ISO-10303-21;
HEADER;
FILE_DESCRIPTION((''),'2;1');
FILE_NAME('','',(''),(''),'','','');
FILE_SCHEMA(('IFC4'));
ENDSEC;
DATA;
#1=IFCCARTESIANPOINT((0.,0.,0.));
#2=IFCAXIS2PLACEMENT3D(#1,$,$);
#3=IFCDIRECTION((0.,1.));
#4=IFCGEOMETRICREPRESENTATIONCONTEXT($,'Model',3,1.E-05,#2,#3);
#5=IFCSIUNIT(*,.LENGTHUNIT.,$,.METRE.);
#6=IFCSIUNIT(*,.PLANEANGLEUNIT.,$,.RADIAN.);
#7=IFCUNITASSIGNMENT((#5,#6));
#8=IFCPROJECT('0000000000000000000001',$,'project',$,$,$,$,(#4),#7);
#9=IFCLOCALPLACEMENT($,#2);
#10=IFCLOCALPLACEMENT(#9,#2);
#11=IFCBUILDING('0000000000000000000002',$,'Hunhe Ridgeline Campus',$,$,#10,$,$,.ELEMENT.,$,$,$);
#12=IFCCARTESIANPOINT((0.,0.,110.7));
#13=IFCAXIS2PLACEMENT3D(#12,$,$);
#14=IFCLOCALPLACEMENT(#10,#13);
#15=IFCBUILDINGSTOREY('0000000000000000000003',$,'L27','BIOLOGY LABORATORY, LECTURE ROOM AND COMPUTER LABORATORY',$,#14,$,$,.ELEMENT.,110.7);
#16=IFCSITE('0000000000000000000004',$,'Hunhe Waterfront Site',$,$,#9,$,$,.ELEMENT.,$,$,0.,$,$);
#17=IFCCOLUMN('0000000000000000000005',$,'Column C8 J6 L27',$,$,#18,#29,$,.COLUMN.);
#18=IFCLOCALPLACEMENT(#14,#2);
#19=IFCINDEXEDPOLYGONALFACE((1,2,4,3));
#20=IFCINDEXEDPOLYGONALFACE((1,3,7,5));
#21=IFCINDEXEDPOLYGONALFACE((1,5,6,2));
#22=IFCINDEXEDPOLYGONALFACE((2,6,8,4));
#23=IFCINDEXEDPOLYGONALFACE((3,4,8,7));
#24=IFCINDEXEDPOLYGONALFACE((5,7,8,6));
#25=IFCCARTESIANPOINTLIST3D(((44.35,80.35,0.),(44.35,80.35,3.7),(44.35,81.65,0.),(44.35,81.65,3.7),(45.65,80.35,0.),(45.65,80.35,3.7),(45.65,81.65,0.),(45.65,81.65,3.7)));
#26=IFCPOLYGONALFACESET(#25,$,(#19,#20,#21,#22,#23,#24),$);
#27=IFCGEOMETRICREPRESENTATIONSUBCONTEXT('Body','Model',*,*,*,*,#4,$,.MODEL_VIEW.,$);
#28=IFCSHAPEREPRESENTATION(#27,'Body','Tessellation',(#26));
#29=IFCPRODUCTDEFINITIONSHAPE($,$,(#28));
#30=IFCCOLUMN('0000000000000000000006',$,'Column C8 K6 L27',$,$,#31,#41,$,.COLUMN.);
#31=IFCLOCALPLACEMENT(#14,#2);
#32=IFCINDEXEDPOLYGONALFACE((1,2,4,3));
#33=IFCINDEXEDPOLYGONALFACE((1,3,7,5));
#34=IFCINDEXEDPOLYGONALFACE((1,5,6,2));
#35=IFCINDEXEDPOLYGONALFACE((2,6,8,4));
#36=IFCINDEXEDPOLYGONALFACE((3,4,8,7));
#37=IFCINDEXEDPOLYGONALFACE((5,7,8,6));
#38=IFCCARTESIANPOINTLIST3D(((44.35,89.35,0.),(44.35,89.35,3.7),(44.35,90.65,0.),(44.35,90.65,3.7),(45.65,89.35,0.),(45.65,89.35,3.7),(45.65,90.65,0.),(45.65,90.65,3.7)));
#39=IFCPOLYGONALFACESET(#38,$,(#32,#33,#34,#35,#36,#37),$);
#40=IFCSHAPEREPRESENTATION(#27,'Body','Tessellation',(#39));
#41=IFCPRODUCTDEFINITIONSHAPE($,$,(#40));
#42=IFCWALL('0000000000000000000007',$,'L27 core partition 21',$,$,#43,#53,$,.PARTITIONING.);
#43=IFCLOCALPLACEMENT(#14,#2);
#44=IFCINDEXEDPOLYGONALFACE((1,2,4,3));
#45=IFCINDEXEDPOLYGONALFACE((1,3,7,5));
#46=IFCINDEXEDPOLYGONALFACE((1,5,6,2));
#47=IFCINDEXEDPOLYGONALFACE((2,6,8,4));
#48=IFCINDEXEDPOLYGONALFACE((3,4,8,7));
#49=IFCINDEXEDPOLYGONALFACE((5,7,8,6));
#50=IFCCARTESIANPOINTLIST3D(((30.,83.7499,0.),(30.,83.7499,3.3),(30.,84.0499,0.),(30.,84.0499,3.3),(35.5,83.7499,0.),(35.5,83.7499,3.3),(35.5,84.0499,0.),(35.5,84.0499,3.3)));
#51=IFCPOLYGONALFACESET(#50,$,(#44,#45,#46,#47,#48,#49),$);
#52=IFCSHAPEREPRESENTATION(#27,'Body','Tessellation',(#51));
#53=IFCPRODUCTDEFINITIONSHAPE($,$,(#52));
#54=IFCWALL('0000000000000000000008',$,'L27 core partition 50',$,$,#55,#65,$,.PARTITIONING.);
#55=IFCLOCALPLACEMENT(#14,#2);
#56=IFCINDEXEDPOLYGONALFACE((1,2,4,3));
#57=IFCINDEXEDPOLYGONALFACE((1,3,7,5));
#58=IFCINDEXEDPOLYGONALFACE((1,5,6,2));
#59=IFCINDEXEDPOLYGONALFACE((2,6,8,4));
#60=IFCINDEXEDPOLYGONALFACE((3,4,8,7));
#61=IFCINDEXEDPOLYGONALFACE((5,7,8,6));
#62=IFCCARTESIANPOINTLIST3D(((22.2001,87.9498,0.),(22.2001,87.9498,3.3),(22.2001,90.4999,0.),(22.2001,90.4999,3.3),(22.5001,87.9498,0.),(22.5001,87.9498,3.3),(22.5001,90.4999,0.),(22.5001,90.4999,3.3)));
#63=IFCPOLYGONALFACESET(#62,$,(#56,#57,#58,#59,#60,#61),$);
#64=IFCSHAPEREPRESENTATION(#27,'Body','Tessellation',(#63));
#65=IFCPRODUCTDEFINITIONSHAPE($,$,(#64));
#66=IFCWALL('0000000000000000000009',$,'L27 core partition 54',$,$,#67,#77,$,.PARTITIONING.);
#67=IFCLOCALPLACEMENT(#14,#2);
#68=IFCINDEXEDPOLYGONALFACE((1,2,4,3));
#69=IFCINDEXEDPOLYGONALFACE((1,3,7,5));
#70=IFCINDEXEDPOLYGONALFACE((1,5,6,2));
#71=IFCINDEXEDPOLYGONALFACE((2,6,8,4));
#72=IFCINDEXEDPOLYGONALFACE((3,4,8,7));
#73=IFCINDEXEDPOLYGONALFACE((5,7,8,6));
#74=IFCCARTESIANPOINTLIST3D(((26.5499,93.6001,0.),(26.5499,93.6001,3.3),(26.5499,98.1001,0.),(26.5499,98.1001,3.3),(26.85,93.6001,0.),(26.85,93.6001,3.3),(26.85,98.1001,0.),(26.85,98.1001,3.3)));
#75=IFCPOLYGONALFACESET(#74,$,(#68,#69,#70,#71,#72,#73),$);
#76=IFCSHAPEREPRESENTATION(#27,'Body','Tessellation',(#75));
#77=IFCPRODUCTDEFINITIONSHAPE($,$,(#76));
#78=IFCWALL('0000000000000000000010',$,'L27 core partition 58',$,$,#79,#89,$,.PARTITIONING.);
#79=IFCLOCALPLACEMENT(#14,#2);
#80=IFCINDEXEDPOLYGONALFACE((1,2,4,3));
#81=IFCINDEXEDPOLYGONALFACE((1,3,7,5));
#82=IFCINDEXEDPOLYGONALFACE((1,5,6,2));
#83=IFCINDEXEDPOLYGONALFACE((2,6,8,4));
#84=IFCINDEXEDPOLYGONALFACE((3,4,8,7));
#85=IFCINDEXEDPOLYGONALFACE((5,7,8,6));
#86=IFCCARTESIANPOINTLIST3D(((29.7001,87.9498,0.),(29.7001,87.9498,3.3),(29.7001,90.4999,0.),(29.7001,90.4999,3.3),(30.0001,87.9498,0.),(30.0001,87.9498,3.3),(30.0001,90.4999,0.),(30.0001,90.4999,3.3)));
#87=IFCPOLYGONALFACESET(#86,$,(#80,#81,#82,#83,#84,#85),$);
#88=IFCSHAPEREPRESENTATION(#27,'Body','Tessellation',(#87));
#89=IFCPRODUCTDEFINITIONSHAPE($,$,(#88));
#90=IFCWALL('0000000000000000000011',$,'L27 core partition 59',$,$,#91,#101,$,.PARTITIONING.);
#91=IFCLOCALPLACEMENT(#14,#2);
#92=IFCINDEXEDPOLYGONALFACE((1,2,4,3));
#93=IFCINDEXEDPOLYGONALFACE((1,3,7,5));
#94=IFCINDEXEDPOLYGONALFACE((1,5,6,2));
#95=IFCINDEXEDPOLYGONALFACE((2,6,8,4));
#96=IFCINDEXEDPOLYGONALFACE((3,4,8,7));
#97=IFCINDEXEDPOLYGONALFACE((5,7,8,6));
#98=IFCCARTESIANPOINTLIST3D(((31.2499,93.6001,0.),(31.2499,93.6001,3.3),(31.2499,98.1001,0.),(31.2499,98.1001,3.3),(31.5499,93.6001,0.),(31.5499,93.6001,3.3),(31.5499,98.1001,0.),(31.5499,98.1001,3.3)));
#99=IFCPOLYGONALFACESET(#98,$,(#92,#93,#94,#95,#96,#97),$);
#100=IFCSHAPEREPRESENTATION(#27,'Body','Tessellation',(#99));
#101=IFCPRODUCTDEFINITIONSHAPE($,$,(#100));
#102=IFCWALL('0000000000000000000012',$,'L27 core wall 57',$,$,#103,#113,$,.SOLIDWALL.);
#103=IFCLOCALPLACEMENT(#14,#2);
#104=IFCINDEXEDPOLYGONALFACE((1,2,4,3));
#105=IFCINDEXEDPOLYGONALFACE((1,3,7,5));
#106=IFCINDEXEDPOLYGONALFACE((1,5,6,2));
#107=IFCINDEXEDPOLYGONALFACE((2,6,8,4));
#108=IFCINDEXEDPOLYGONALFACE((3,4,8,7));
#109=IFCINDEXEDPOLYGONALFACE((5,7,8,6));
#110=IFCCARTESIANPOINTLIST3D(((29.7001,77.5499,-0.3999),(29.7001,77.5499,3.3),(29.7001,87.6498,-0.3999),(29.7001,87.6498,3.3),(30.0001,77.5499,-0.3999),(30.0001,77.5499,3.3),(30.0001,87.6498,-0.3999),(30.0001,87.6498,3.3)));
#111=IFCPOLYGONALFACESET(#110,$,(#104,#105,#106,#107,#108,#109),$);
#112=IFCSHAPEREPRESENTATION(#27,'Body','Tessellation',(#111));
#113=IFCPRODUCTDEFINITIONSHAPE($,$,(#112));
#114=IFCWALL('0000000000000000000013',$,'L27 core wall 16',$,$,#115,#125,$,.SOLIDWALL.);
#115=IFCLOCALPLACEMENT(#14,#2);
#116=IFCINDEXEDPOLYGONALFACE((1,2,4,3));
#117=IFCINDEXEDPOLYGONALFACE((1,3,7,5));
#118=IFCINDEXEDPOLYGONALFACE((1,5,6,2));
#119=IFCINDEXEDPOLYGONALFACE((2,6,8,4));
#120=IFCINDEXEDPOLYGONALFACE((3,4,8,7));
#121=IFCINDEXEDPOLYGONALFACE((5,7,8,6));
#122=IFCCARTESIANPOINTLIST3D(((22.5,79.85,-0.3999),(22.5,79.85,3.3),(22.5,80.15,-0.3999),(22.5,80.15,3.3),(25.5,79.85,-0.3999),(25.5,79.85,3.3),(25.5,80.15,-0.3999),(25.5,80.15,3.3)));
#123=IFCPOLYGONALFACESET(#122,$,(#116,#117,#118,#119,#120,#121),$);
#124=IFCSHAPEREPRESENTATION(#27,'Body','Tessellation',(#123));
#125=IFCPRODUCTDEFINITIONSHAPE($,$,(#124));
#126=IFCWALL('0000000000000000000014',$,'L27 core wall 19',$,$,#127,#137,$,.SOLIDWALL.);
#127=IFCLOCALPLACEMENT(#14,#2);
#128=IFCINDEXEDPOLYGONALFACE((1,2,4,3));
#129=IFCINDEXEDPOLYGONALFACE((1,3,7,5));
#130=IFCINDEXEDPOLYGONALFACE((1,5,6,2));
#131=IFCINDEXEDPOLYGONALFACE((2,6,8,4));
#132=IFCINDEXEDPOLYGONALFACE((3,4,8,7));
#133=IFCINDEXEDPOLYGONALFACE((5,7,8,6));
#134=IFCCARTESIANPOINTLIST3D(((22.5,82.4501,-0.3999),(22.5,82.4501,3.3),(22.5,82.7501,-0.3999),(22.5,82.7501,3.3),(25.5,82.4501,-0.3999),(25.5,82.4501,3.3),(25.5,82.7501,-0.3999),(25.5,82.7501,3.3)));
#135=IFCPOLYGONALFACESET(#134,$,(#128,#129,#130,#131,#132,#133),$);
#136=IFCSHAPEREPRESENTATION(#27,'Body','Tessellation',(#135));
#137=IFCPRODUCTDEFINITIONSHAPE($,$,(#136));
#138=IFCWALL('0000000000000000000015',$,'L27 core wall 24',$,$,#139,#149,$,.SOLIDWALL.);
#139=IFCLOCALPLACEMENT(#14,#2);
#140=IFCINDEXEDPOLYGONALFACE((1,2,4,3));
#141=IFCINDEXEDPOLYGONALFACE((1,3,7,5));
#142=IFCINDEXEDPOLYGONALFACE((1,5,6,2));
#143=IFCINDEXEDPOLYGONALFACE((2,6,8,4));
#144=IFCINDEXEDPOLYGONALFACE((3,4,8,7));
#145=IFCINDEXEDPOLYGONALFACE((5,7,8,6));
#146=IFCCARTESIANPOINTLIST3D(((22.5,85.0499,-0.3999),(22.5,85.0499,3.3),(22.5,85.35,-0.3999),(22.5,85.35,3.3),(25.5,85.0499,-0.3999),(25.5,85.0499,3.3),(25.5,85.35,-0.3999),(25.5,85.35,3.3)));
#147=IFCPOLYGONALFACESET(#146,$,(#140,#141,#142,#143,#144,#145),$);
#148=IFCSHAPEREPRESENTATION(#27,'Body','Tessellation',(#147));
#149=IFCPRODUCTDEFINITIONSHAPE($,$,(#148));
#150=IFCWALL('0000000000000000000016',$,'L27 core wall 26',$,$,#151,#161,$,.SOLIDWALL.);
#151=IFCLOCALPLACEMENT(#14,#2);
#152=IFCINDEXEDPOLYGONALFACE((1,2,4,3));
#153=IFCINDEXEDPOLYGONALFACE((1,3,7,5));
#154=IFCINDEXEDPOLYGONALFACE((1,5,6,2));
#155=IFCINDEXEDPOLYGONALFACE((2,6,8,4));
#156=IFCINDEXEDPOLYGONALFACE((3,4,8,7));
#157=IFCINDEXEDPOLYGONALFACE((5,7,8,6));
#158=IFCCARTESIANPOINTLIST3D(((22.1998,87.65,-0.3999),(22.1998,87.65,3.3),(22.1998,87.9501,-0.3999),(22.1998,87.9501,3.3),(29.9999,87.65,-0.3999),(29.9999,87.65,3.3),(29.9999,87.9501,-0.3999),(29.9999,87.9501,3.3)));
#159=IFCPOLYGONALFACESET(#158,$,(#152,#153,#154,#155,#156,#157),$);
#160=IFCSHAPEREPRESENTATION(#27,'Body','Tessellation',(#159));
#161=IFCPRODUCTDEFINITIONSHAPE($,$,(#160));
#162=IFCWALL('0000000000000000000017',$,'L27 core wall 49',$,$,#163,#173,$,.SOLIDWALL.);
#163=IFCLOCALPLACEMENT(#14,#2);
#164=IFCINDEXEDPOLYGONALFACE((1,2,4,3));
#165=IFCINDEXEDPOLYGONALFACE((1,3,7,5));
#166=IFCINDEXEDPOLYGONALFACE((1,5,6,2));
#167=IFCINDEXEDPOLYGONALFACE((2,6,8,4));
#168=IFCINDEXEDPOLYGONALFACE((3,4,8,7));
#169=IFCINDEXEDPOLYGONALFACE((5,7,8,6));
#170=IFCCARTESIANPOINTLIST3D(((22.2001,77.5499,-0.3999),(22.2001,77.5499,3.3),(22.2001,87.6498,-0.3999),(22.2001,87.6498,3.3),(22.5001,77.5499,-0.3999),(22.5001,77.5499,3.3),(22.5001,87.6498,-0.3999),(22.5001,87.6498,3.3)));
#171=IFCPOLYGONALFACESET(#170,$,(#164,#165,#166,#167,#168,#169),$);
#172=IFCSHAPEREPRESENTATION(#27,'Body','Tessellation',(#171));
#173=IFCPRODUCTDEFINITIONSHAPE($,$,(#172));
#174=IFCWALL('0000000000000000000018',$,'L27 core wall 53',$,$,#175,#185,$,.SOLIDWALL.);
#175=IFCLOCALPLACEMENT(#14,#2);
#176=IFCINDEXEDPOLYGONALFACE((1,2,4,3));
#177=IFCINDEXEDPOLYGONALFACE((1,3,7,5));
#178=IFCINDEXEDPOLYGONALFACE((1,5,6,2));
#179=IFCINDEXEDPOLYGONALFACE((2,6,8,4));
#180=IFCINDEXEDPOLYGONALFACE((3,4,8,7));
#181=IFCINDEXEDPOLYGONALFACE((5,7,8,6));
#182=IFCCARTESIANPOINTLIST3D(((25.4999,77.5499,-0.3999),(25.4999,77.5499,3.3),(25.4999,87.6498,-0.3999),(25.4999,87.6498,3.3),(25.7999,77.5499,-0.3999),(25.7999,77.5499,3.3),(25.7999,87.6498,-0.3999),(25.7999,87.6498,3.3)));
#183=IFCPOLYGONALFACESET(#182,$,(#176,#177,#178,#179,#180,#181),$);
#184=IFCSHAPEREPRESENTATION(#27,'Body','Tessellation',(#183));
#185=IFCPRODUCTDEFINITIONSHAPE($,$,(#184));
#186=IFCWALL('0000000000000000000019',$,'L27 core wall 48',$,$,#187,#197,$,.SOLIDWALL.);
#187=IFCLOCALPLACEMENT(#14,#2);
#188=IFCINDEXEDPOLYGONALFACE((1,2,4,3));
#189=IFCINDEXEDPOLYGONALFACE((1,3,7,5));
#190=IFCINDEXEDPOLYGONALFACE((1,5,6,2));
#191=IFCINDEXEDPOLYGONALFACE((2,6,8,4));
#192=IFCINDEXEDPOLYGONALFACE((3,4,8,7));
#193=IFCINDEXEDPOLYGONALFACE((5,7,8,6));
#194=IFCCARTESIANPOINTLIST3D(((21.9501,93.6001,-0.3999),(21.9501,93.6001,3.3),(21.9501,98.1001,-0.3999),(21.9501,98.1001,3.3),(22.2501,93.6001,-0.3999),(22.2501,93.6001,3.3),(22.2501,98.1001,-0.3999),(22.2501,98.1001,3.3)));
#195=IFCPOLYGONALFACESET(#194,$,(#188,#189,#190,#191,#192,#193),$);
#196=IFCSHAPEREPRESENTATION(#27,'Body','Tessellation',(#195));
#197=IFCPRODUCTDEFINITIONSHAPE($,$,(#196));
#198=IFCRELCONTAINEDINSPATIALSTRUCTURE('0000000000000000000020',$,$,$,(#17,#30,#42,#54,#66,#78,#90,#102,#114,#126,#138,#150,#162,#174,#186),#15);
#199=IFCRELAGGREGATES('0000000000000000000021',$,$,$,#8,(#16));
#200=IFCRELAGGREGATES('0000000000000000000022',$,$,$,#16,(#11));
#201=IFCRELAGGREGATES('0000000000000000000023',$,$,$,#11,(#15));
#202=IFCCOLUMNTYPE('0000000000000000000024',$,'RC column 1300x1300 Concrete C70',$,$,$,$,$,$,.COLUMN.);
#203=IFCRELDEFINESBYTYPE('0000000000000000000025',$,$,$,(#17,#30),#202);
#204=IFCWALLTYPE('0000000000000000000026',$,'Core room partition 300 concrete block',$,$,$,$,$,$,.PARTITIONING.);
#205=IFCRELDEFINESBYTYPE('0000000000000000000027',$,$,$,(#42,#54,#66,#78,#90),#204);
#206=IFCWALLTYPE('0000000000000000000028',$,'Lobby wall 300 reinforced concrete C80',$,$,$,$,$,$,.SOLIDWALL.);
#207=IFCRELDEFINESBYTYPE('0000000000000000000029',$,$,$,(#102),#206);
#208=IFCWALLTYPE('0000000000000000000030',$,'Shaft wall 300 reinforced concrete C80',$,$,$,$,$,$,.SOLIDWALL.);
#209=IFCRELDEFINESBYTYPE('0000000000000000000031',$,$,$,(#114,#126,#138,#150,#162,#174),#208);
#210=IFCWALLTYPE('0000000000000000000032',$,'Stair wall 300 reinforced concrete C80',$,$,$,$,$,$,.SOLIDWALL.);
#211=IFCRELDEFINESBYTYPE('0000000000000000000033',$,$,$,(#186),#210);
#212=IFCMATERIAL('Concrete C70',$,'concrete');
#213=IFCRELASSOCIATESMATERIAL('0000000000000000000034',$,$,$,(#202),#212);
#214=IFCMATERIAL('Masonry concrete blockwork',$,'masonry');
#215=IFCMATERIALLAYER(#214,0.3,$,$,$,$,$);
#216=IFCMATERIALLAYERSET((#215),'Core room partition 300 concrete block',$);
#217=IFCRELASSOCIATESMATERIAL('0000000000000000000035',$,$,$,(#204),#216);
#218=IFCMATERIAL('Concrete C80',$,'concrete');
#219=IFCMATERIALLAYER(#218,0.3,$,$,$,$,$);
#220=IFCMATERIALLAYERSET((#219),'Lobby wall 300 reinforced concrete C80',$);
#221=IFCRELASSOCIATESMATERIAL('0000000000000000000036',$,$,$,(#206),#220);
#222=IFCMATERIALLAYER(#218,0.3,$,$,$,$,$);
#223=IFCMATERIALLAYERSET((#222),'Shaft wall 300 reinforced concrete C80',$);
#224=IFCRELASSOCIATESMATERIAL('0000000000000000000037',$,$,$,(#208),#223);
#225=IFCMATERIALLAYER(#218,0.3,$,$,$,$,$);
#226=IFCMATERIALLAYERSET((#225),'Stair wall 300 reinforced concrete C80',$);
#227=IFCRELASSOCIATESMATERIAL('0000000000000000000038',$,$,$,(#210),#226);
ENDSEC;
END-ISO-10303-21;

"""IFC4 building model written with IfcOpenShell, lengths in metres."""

from ifc_helpers import new_model, si_unit, direction, frame, frame_2d, origin, origin_2d, place, context, subcontext, project, spatial, rectangle, extrude, material, layer, layer_set, material_profile, profile_set, type_object, element, save


model = new_model("IFC4")

# Units and contexts
model_context = context("Model", 3, precision=1e-05, world=origin(), true_north=direction((0.0, 1.0)))
body_context = subcontext(model_context, "Body", "Model", "MODEL_VIEW")
ifc_project = project(units=[si_unit("LENGTHUNIT", "METRE"), si_unit("PLANEANGLEUNIT", "RADIAN")], contexts=[model_context])

# Site, building, storey
site_placement = place(None, origin())
site = spatial("IfcSite", under=ifc_project, at=site_placement, Name="Hunhe Waterfront Site", CompositionType="ELEMENT", RefElevation=0.0)
building_placement = place(site_placement, origin())
building = spatial("IfcBuilding", under=site, at=building_placement, Name="Hunhe Ridgeline Campus", CompositionType="ELEMENT")
storey_placement = place(building_placement, frame((0.0, 0.0, 110.7)))
storey = spatial("IfcBuildingStorey", under=building, at=storey_placement, Name="L27", Description="BIOLOGY LABORATORY, LECTURE ROOM AND COMPUTER LABORATORY", CompositionType="ELEMENT", Elevation=110.7)

# Columns
ifc_material_1 = material(Name="Concrete C70", Category="concrete")
ifc_material_profile = material_profile(ifc_material_1, rectangle(XDim=1.3, YDim=1.3, at=origin_2d()))
ifc_profile_set = profile_set([ifc_material_profile], Name="Concrete C70")
column_type = type_object("IfcColumnType", Name="RC column 1300x1300 Concrete C70", PredefinedType="COLUMN", material=ifc_profile_set)
for number, where, z_axis, x_axis, name in (
    (1, (45.0, 81.0, 0.0), (0.0, 0.0, 1.0), (1.0, 0.0, 0.0), "Column C8 J6 L27"),
    (2, (45.0, 90.0, 0.0), (0.0, 0.0, 1.0), (1.0, 0.0, 0.0), "Column C8 K6 L27"),
):
    element("IfcColumn", number, at=place(storey_placement, frame(where, z_axis=z_axis, x_axis=x_axis)), inside=storey, type_object=column_type, Name=name, PredefinedType="COLUMN", context=body_context, shape_type="SweptSolid", body=[
        extrude(rectangle(XDim=1.3, YDim=1.3, at=origin_2d()), origin(), (0.0, 0.0, 1.0), 3.7),
    ])

# Walls
ifc_material_2 = material(Name="Masonry concrete blockwork", Category="masonry")
ifc_layer_1 = layer(ifc_material_2, 0.3)
ifc_layer_set_1 = layer_set([ifc_layer_1], Name="Core room partition 300 concrete block")
wall_type_1 = type_object("IfcWallType", Name="Core room partition 300 concrete block", PredefinedType="PARTITIONING", material=ifc_layer_set_1)
wall_1_placement = place(storey_placement, frame((30.0, 83.8999, 0.0), z_axis=(0.0, 0.0, 1.0), x_axis=(1.0, 0.0, 0.0)))
element("IfcWall", 3, at=wall_1_placement, inside=storey, type_object=wall_type_1, Name="L27 core partition 21", PredefinedType="PARTITIONING", context=body_context, shape_type="SweptSolid", body=[
    extrude(rectangle(XDim=5.5, YDim=0.3, at=frame_2d((2.75, 0.0))), origin(), (0.0, 0.0, 1.0), 3.3),
])
wall_2_placement = place(storey_placement, frame((22.3501, 87.95, 0.0), z_axis=(0.0, 0.0, 1.0), x_axis=(0.0, 1.0, 0.0)))
element("IfcWall", 4, at=wall_2_placement, inside=storey, type_object=wall_type_1, Name="L27 core partition 50", PredefinedType="PARTITIONING", context=body_context, shape_type="SweptSolid", body=[
    extrude(rectangle(XDim=2.55, YDim=0.3, at=frame_2d((1.2749, 0.0))), origin(), (0.0, 0.0, 1.0), 3.3),
])
wall_3_placement = place(storey_placement, frame((26.7, 93.6001, 0.0), z_axis=(0.0, 0.0, 1.0), x_axis=(0.0, 1.0, 0.0)))
element("IfcWall", 5, at=wall_3_placement, inside=storey, type_object=wall_type_1, Name="L27 core partition 54", PredefinedType="PARTITIONING", context=body_context, shape_type="SweptSolid", body=[
    extrude(rectangle(XDim=4.5, YDim=0.3, at=frame_2d((2.25, 0.0))), origin(), (0.0, 0.0, 1.0), 3.3),
])
wall_4_placement = place(storey_placement, frame((29.8501, 87.95, 0.0), z_axis=(0.0, 0.0, 1.0), x_axis=(0.0, 1.0, 0.0)))
element("IfcWall", 6, at=wall_4_placement, inside=storey, type_object=wall_type_1, Name="L27 core partition 58", PredefinedType="PARTITIONING", context=body_context, shape_type="SweptSolid", body=[
    extrude(rectangle(XDim=2.55, YDim=0.3, at=frame_2d((1.2749, 0.0))), origin(), (0.0, 0.0, 1.0), 3.3),
])
wall_5_placement = place(storey_placement, frame((31.3999, 93.6001, 0.0), z_axis=(0.0, 0.0, 1.0), x_axis=(0.0, 1.0, 0.0)))
element("IfcWall", 7, at=wall_5_placement, inside=storey, type_object=wall_type_1, Name="L27 core partition 59", PredefinedType="PARTITIONING", context=body_context, shape_type="SweptSolid", body=[
    extrude(rectangle(XDim=4.5, YDim=0.3, at=frame_2d((2.25, 0.0))), origin(), (0.0, 0.0, 1.0), 3.3),
])

# Walls
ifc_material_3 = material(Name="Concrete C80", Category="concrete")
ifc_layer_2 = layer(ifc_material_3, 0.3)
ifc_layer_set_2 = layer_set([ifc_layer_2], Name="Lobby wall 300 reinforced concrete C80")
wall_type_2 = type_object("IfcWallType", Name="Lobby wall 300 reinforced concrete C80", PredefinedType="SOLIDWALL", material=ifc_layer_set_2)
wall_6_placement = place(storey_placement, frame((29.8501, 77.55, -0.3999), z_axis=(0.0, 0.0, 1.0), x_axis=(0.0, 1.0, 0.0)))
element("IfcWall", 8, at=wall_6_placement, inside=storey, type_object=wall_type_2, Name="L27 core wall 57", PredefinedType="SOLIDWALL", context=body_context, shape_type="SweptSolid", body=[
    extrude(rectangle(XDim=10.0999, YDim=0.3, at=frame_2d((5.0498, 0.0))), origin(), (0.0, 0.0, 1.0), 3.7),
])
ifc_layer_3 = layer(ifc_material_3, 0.3)
ifc_layer_set_3 = layer_set([ifc_layer_3], Name="Shaft wall 300 reinforced concrete C80")
wall_type_3 = type_object("IfcWallType", Name="Shaft wall 300 reinforced concrete C80", PredefinedType="SOLIDWALL", material=ifc_layer_set_3)
for number, where, z_axis, x_axis, name in (
    (9, (22.5, 80.0, -0.3999), (0.0, 0.0, 1.0), (1.0, 0.0, 0.0), "L27 core wall 16"),
    (10, (22.5, 82.6001, -0.3999), (0.0, 0.0, 1.0), (1.0, 0.0, 0.0), "L27 core wall 19"),
    (11, (22.5, 85.2, -0.3999), (0.0, 0.0, 1.0), (1.0, 0.0, 0.0), "L27 core wall 24"),
):
    element("IfcWall", number, at=place(storey_placement, frame(where, z_axis=z_axis, x_axis=x_axis)), inside=storey, type_object=wall_type_3, Name=name, PredefinedType="SOLIDWALL", context=body_context, shape_type="SweptSolid", body=[
        extrude(rectangle(XDim=3.0, YDim=0.3, at=frame_2d((1.5, 0.0))), origin(), (0.0, 0.0, 1.0), 3.7),
    ])
wall_7_placement = place(storey_placement, frame((22.2, 87.8, -0.3999), z_axis=(0.0, 0.0, 1.0), x_axis=(1.0, 0.0, 0.0)))
element("IfcWall", 12, at=wall_7_placement, inside=storey, type_object=wall_type_3, Name="L27 core wall 26", PredefinedType="SOLIDWALL", context=body_context, shape_type="SweptSolid", body=[
    extrude(rectangle(XDim=7.8, YDim=0.3, at=frame_2d((3.8999, 0.0))), origin(), (0.0, 0.0, 1.0), 3.7),
])
for number, where, z_axis, x_axis, name in (
    (13, (22.3501, 77.55, -0.3999), (0.0, 0.0, 1.0), (0.0, 1.0, 0.0), "L27 core wall 49"),
    (14, (25.6499, 77.55, -0.3999), (0.0, 0.0, 1.0), (0.0, 1.0, 0.0), "L27 core wall 53"),
):
    element("IfcWall", number, at=place(storey_placement, frame(where, z_axis=z_axis, x_axis=x_axis)), inside=storey, type_object=wall_type_3, Name=name, PredefinedType="SOLIDWALL", context=body_context, shape_type="SweptSolid", body=[
        extrude(rectangle(XDim=10.0999, YDim=0.3, at=frame_2d((5.0498, 0.0))), origin(), (0.0, 0.0, 1.0), 3.7),
    ])

# Shared definitions
ifc_layer_4 = layer(ifc_material_3, 0.3)
ifc_layer_set_4 = layer_set([ifc_layer_4], Name="Stair wall 300 reinforced concrete C80")
wall_type_4 = type_object("IfcWallType", Name="Stair wall 300 reinforced concrete C80", PredefinedType="SOLIDWALL", material=ifc_layer_set_4)

# Wall
wall_8_placement = place(storey_placement, frame((22.1001, 93.6001, -0.3999), z_axis=(0.0, 0.0, 1.0), x_axis=(0.0, 1.0, 0.0)))
element("IfcWall", 15, at=wall_8_placement, inside=storey, type_object=wall_type_4, Name="L27 core wall 48", PredefinedType="SOLIDWALL", context=body_context, shape_type="SweptSolid", body=[
    extrude(rectangle(XDim=4.5, YDim=0.3, at=frame_2d((2.25, 0.0))), origin(), (0.0, 0.0, 1.0), 3.7),
])

save(model, "model.ifc")
